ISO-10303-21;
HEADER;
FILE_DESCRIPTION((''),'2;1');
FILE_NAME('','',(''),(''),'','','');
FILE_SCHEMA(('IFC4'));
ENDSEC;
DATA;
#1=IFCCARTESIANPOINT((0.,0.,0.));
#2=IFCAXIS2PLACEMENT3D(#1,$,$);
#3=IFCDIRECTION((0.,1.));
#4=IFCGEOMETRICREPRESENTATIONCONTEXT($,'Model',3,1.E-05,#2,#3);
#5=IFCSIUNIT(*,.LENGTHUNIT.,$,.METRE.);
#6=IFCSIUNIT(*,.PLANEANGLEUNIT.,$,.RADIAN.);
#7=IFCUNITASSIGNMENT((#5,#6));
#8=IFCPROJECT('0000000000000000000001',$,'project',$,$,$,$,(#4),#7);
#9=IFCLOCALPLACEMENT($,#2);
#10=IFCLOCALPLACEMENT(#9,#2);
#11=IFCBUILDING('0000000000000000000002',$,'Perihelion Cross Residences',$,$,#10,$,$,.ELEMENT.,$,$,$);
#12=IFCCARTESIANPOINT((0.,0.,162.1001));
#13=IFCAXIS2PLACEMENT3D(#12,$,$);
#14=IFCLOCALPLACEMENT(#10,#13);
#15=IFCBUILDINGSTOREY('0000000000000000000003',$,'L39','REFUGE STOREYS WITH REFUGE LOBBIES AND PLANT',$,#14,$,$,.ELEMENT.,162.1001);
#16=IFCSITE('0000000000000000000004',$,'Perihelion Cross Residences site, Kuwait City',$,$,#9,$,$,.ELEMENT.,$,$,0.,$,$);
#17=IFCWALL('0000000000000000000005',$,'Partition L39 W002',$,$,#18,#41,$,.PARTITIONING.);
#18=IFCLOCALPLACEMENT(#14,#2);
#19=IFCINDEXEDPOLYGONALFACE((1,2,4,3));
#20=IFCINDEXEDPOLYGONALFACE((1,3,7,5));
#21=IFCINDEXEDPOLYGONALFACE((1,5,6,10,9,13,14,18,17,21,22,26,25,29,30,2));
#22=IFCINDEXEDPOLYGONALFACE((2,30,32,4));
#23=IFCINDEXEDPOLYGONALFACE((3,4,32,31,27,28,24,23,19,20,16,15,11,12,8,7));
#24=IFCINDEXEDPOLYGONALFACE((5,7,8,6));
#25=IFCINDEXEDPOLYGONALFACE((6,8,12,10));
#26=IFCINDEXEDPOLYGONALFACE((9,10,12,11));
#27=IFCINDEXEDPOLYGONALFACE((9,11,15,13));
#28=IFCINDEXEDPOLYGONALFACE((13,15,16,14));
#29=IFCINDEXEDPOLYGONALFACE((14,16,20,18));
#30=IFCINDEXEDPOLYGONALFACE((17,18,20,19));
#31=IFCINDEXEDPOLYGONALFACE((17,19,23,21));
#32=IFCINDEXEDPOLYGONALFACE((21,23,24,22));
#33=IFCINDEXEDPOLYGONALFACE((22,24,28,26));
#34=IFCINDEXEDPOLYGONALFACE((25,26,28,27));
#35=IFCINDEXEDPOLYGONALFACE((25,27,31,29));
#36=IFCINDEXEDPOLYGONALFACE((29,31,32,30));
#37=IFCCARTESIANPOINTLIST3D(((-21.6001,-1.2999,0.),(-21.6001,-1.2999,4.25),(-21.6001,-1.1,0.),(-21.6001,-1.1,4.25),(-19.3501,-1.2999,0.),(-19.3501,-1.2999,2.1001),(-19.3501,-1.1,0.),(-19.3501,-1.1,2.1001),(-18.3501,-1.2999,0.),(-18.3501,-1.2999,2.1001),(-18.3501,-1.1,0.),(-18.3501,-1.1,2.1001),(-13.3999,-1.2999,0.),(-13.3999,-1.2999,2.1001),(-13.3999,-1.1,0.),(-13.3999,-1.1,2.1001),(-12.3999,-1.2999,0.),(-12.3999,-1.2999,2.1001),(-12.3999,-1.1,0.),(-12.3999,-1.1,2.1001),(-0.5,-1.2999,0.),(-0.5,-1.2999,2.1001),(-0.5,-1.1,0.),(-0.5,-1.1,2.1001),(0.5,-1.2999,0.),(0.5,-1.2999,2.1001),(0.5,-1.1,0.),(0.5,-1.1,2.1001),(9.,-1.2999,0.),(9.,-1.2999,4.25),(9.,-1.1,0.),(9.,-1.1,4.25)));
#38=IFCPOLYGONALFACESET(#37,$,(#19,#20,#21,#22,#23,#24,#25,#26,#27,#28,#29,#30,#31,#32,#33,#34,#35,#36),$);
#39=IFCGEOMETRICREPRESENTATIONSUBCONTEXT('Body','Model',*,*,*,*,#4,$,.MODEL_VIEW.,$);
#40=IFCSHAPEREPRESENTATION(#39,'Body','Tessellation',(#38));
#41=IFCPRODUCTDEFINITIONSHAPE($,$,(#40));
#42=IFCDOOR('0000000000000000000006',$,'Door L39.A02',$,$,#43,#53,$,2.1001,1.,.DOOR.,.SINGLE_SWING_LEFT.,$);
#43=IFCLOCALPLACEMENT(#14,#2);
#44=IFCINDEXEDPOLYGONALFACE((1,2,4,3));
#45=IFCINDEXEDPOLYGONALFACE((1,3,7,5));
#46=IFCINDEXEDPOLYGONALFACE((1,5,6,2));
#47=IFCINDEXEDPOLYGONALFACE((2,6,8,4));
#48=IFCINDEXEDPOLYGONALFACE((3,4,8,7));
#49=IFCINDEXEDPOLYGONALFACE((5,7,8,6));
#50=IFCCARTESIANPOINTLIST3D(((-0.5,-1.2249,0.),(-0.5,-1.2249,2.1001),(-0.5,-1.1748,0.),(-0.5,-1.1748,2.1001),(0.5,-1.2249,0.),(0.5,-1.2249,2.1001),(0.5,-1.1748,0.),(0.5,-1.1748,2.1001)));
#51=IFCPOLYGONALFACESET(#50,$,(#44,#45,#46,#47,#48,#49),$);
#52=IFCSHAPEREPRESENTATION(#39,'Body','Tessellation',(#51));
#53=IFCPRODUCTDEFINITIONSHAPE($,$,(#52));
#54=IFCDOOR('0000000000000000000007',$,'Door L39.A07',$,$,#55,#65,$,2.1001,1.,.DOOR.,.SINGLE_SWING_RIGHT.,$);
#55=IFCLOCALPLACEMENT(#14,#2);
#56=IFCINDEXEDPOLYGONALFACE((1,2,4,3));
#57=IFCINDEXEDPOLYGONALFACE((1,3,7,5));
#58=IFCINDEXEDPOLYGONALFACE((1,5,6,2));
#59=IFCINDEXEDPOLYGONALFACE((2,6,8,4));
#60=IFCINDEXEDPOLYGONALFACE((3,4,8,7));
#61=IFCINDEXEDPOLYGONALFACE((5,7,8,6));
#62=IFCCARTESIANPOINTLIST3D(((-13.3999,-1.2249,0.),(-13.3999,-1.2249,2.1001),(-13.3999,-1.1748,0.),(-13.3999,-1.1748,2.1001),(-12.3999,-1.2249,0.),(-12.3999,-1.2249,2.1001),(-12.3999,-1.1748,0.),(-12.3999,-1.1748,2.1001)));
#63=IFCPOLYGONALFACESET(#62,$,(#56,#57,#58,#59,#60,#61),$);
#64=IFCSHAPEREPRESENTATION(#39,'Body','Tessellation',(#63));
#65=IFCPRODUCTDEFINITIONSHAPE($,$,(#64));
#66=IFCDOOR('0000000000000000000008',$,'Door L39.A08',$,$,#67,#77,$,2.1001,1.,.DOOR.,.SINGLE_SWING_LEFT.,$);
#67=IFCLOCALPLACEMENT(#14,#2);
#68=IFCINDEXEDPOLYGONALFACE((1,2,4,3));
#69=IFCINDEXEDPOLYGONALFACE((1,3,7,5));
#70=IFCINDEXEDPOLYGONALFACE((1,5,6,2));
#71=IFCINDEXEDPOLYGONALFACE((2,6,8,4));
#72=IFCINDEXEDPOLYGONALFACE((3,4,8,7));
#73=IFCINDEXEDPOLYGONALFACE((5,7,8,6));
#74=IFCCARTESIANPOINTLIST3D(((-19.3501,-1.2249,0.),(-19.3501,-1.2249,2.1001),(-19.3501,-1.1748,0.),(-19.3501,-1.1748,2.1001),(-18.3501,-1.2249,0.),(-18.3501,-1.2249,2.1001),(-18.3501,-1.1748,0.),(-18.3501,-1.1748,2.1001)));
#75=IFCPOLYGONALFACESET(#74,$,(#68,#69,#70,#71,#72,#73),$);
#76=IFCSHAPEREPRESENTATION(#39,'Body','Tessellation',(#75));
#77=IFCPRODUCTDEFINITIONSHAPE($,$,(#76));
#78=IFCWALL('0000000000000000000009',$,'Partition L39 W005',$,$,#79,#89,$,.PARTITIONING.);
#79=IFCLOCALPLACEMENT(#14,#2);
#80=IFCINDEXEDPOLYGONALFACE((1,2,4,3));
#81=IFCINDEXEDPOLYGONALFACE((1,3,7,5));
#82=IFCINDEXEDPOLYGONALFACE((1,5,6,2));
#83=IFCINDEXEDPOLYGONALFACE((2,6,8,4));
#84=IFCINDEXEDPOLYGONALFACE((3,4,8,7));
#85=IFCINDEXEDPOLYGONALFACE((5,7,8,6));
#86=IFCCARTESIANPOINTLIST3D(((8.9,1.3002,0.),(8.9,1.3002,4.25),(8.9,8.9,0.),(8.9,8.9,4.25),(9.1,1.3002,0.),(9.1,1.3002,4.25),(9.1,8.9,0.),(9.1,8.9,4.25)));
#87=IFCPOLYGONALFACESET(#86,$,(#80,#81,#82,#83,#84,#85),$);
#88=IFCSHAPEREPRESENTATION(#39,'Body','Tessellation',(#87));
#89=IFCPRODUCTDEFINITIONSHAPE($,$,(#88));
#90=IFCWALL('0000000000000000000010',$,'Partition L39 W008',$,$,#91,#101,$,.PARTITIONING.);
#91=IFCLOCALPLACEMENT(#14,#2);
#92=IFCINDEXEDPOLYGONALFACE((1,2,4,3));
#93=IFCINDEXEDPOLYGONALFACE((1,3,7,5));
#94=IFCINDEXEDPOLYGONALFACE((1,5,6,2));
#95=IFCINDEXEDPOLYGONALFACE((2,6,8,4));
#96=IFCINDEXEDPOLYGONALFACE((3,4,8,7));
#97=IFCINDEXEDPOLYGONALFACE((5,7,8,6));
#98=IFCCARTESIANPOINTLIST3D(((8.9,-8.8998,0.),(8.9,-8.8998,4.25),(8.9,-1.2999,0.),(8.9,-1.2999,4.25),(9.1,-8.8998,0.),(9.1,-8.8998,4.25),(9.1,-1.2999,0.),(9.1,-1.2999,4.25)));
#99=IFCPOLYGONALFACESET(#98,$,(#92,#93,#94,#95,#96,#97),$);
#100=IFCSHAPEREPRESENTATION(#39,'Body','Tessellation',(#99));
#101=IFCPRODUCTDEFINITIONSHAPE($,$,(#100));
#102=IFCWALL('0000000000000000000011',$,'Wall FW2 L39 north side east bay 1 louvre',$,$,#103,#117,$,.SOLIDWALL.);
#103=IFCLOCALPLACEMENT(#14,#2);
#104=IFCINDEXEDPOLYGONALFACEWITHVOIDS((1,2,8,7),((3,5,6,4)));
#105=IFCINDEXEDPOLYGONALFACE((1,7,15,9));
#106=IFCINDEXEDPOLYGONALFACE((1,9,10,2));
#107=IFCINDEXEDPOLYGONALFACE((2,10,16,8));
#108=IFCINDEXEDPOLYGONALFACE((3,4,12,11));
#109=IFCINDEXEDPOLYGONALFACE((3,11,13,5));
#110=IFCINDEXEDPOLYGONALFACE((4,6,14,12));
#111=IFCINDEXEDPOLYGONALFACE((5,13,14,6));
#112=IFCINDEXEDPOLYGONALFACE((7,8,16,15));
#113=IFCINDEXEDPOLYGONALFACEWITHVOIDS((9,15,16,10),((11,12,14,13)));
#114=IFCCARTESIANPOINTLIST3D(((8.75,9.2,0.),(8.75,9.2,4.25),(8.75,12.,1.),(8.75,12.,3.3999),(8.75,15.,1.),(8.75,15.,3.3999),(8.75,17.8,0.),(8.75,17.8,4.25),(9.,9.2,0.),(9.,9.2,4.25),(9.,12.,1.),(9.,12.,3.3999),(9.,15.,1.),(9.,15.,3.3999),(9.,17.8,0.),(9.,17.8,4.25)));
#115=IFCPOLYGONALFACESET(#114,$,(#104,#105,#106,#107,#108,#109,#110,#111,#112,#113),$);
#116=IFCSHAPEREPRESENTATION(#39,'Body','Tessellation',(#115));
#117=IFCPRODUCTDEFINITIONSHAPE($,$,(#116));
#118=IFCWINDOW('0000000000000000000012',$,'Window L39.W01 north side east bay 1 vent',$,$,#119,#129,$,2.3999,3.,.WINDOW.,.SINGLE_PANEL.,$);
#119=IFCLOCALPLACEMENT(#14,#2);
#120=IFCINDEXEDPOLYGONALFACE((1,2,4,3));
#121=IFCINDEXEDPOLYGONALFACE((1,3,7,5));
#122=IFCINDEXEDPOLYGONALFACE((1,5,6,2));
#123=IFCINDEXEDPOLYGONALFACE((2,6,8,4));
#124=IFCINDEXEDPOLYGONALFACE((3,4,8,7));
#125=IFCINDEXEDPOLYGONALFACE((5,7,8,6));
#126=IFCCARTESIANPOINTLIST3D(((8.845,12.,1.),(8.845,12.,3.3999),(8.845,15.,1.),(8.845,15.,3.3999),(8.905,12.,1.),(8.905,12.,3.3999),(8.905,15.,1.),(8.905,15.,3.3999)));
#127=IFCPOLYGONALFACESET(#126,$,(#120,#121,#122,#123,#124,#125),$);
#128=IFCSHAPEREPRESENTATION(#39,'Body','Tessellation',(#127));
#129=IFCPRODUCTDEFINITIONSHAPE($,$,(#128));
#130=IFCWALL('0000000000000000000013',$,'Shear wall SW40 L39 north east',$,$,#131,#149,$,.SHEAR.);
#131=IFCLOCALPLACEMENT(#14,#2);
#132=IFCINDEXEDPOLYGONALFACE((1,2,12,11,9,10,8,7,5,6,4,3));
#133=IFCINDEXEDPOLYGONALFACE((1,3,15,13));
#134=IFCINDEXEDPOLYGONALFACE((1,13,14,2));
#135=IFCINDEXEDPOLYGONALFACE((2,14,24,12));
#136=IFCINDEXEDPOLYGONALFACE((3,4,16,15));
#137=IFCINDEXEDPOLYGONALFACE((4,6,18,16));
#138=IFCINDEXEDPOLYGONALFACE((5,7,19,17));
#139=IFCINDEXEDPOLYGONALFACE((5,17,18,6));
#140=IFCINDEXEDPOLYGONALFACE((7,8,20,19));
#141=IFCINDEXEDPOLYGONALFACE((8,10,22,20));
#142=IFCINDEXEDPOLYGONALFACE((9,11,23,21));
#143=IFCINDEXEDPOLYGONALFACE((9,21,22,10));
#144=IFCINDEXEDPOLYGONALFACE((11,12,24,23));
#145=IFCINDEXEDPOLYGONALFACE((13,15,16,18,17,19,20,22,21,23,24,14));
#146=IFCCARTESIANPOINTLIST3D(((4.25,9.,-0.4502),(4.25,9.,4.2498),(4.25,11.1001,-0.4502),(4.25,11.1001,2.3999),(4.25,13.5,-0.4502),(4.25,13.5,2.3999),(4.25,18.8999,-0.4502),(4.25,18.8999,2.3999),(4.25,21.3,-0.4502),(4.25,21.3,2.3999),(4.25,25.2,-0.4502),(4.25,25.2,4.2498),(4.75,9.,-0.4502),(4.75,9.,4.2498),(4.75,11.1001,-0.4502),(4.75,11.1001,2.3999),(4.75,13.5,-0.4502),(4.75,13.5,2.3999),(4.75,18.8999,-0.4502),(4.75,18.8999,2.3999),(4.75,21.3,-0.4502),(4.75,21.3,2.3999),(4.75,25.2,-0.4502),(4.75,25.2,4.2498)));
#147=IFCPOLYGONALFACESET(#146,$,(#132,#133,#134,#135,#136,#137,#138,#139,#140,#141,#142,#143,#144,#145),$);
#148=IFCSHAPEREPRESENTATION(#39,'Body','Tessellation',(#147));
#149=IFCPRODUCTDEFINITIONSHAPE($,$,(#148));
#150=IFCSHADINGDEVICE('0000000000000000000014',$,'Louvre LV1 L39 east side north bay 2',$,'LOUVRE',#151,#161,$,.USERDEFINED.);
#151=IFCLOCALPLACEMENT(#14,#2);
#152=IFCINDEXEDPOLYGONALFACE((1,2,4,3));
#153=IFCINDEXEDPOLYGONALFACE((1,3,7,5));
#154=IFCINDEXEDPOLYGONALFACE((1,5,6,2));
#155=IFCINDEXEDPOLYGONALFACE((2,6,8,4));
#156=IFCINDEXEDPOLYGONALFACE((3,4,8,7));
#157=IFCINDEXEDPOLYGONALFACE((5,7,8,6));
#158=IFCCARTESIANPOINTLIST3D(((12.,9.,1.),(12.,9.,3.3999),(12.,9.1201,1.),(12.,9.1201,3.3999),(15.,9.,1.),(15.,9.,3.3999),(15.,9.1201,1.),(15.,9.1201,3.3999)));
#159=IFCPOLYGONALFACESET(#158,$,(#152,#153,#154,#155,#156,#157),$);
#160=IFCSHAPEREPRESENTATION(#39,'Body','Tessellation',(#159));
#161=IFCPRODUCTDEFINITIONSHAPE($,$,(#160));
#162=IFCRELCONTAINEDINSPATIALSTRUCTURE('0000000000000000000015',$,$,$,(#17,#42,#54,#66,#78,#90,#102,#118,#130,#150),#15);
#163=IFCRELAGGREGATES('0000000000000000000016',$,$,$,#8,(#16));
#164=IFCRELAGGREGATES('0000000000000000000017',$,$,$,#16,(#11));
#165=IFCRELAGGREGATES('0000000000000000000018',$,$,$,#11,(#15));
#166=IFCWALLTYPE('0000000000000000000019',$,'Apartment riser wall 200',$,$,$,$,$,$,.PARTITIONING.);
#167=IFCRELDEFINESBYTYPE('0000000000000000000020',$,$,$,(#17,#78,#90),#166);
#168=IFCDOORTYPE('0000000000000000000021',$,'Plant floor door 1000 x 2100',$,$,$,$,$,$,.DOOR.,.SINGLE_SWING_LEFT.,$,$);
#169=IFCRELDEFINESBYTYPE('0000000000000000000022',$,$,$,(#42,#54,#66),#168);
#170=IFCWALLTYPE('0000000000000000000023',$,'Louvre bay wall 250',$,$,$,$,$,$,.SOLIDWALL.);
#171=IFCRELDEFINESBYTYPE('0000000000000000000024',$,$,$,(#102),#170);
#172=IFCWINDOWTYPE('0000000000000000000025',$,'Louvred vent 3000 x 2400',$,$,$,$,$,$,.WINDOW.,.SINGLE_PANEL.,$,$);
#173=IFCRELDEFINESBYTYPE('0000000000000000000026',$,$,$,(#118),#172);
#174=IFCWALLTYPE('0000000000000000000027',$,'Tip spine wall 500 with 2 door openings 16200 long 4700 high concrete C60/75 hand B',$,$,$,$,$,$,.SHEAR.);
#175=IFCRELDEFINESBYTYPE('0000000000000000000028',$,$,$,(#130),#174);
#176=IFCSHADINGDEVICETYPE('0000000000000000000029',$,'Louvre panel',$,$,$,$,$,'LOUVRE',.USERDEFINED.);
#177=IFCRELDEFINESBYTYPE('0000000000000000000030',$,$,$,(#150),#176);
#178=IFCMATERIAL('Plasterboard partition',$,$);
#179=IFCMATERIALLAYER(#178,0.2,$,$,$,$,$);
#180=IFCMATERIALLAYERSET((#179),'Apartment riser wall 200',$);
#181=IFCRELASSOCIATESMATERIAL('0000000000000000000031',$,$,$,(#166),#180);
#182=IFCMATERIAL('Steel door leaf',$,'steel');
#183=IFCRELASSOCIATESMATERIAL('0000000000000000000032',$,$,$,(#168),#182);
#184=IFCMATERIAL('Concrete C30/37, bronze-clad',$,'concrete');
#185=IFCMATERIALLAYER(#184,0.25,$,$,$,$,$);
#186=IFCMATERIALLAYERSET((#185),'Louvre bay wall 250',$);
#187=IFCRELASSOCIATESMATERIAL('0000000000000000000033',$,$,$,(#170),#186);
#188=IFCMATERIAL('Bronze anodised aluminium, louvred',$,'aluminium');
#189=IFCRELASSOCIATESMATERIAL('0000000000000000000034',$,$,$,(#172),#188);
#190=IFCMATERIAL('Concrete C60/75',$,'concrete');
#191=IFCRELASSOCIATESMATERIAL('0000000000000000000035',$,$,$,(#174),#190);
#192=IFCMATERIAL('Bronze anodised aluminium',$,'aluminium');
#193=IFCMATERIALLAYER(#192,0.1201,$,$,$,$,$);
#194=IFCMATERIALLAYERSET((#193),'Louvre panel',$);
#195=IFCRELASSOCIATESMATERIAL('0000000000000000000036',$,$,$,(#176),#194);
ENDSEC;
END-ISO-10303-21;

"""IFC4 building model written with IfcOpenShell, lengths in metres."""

from ifc_helpers import new_model, si_unit, direction, frame, frame_2d, origin, origin_2d, place, context, subcontext, project, spatial, polyline, rectangle, outline, extrude, material, layer, layer_set, material_profile, profile_set, type_object, element, fill, save


model = new_model("IFC4")

# Units and contexts
model_context = context("Model", 3, precision=1e-05, world=origin(), true_north=direction((0.0, 1.0)))
body_context = subcontext(model_context, "Body", "Model", "MODEL_VIEW")
ifc_project = project(units=[si_unit("LENGTHUNIT", "METRE"), si_unit("PLANEANGLEUNIT", "RADIAN")], contexts=[model_context])

# Site, building, storey
site_placement = place(None, origin())
site = spatial("IfcSite", under=ifc_project, at=site_placement, Name="Perihelion Cross Residences site, Kuwait City", CompositionType="ELEMENT", RefElevation=0.0)
building_placement = place(site_placement, origin())
building = spatial("IfcBuilding", under=site, at=building_placement, Name="Perihelion Cross Residences", CompositionType="ELEMENT")
storey_placement = place(building_placement, frame((0.0, 0.0, 162.1001)))
storey = spatial("IfcBuildingStorey", under=building, at=storey_placement, Name="L39", Description="REFUGE STOREYS WITH REFUGE LOBBIES AND PLANT", CompositionType="ELEMENT", Elevation=162.1001)

# Wall, openings, doors
ifc_material_1 = material(Name="Plasterboard partition")
ifc_layer_1 = layer(ifc_material_1, 0.2)
ifc_layer_set_1 = layer_set([ifc_layer_1], Name="Apartment riser wall 200")
wall_type_1 = type_object("IfcWallType", Name="Apartment riser wall 200", PredefinedType="PARTITIONING", material=ifc_layer_set_1)
wall_1_placement = place(storey_placement, frame((9.0, -1.2, 0.0), z_axis=(0.0, 0.0, 1.0), x_axis=(-1.0, 0.0, 0.0)))
wall_1 = element("IfcWall", 1, at=wall_1_placement, inside=storey, type_object=wall_type_1, Name="Partition L39 W002", PredefinedType="PARTITIONING", context=body_context, shape_type="SweptSolid", body=[
    extrude(rectangle(XDim=30.6001, YDim=0.2, at=frame_2d((15.3, 0.0))), origin(), (0.0, 0.0, 1.0), 4.25),
])
opening_1_placement = place(wall_1_placement, frame((8.5, 0.0, 0.0)))
opening_1 = element("IfcOpeningElement", 2, at=opening_1_placement, cuts=wall_1, PredefinedType="OPENING", context=body_context, shape_type="SweptSolid", body=[
    extrude(rectangle(XDim=1.0, YDim=2.1001, at=frame_2d((0.5, 1.05))), frame((0.0, 0.1099, 0.0), z_axis=(0.0, -1.0, 0.0), x_axis=(1.0, 0.0, 0.0)), (0.0, 0.0, 1.0), 0.22),
])
opening_2_placement = place(wall_1_placement, frame((21.3999, 0.0, 0.0)))
opening_2 = element("IfcOpeningElement", 3, at=opening_2_placement, cuts=wall_1, PredefinedType="OPENING", context=body_context, shape_type="SweptSolid", body=[
    extrude(rectangle(XDim=1.0, YDim=2.1001, at=frame_2d((0.5, 1.05))), frame((0.0, 0.1099, 0.0), z_axis=(0.0, -1.0, 0.0), x_axis=(1.0, 0.0, 0.0)), (0.0, 0.0, 1.0), 0.22),
])
opening_3_placement = place(wall_1_placement, frame((27.3501, 0.0, 0.0)))
opening_3 = element("IfcOpeningElement", 4, at=opening_3_placement, cuts=wall_1, PredefinedType="OPENING", context=body_context, shape_type="SweptSolid", body=[
    extrude(rectangle(XDim=1.0, YDim=2.1001, at=frame_2d((0.5, 1.05))), frame((0.0, 0.1099, 0.0), z_axis=(0.0, -1.0, 0.0), x_axis=(1.0, 0.0, 0.0)), (0.0, 0.0, 1.0), 0.22),
])
ifc_material_2 = material(Name="Steel door leaf", Category="steel")
door_type = type_object("IfcDoorType", Name="Plant floor door 1000 x 2100", OperationType="SINGLE_SWING_LEFT", PredefinedType="DOOR", material=ifc_material_2)
door_1_placement = place(opening_1_placement, origin())
door_1 = element("IfcDoor", 5, at=door_1_placement, inside=storey, type_object=door_type, Name="Door L39.A02", OperationType="SINGLE_SWING_LEFT", OverallHeight=2.1001, OverallWidth=1.0, PredefinedType="DOOR", context=body_context, shape_type="SweptSolid", body=[
    extrude(rectangle(XDim=1.0, YDim=2.1001, at=frame_2d((0.5, 1.05))), frame((0.0, 0.0249, 0.0), z_axis=(0.0, -1.0, 0.0), x_axis=(1.0, 0.0, 0.0)), (0.0, 0.0, 1.0), 0.05),
])
fill(opening_1, door_1)
door_2_placement = place(opening_2_placement, origin())
door_2 = element("IfcDoor", 6, at=door_2_placement, inside=storey, type_object=door_type, Name="Door L39.A07", OperationType="SINGLE_SWING_RIGHT", OverallHeight=2.1001, OverallWidth=1.0, PredefinedType="DOOR", context=body_context, shape_type="SweptSolid", body=[
    extrude(rectangle(XDim=1.0, YDim=2.1001, at=frame_2d((0.5, 1.05))), frame((0.0, 0.0249, 0.0), z_axis=(0.0, -1.0, 0.0), x_axis=(1.0, 0.0, 0.0)), (0.0, 0.0, 1.0), 0.05),
])
fill(opening_2, door_2)
door_3_placement = place(opening_3_placement, origin())
door_3 = element("IfcDoor", 7, at=door_3_placement, inside=storey, type_object=door_type, Name="Door L39.A08", OperationType="SINGLE_SWING_LEFT", OverallHeight=2.1001, OverallWidth=1.0, PredefinedType="DOOR", context=body_context, shape_type="SweptSolid", body=[
    extrude(rectangle(XDim=1.0, YDim=2.1001, at=frame_2d((0.5, 1.05))), frame((0.0, 0.0249, 0.0), z_axis=(0.0, -1.0, 0.0), x_axis=(1.0, 0.0, 0.0)), (0.0, 0.0, 1.0), 0.05),
])
fill(opening_3, door_3)

# Walls
for number, where, z_axis, x_axis, name in (
    (8, (9.0, 8.8999, 0.0), (0.0, 0.0, 1.0), (0.0, -1.0, 0.0), "Partition L39 W005"),
    (9, (9.0, -1.3, 0.0), (0.0, 0.0, 1.0), (0.0, -1.0, 0.0), "Partition L39 W008"),
):
    element("IfcWall", number, at=place(storey_placement, frame(where, z_axis=z_axis, x_axis=x_axis)), inside=storey, type_object=wall_type_1, Name=name, PredefinedType="PARTITIONING", context=body_context, shape_type="SweptSolid", body=[
        extrude(rectangle(XDim=7.5999, YDim=0.2, at=frame_2d((3.7998, 0.0))), origin(), (0.0, 0.0, 1.0), 4.25),
    ])

# Wall, opening, window
ifc_material_3 = material(Name="Concrete C30/37, bronze-clad", Category="concrete")
ifc_layer_2 = layer(ifc_material_3, 0.25)
ifc_layer_set_2 = layer_set([ifc_layer_2], Name="Louvre bay wall 250")
wall_type_2 = type_object("IfcWallType", Name="Louvre bay wall 250", PredefinedType="SOLIDWALL", material=ifc_layer_set_2)
wall_2_placement = place(storey_placement, frame((8.875, 9.2, 0.0), z_axis=(0.0, 0.0, 1.0), x_axis=(0.0, 1.0, 0.0)))
wall_2 = element("IfcWall", 10, at=wall_2_placement, inside=storey, type_object=wall_type_2, Name="Wall FW2 L39 north side east bay 1 louvre", PredefinedType="SOLIDWALL", context=body_context, shape_type="SweptSolid", body=[
    extrude(rectangle(XDim=8.6001, YDim=0.25, at=frame_2d((4.3, 0.0))), origin(), (0.0, 0.0, 1.0), 4.25),
])
opening_4_placement = place(wall_2_placement, frame((2.8, 0.0, 1.0)))
opening_4 = element("IfcOpeningElement", 11, at=opening_4_placement, cuts=wall_2, PredefinedType="OPENING", context=body_context, shape_type="SweptSolid", body=[
    extrude(rectangle(XDim=3.0, YDim=2.3999, at=frame_2d((1.5, 1.2))), frame((0.0, 0.135, 0.0), z_axis=(0.0, -1.0, 0.0), x_axis=(1.0, 0.0, 0.0)), (0.0, 0.0, 1.0), 0.27),
])
ifc_material_4 = material(Name="Bronze anodised aluminium, louvred", Category="aluminium")
window_type = type_object("IfcWindowType", Name="Louvred vent 3000 x 2400", PartitioningType="SINGLE_PANEL", PredefinedType="WINDOW", material=ifc_material_4)
window_placement = place(opening_4_placement, origin())
window = element("IfcWindow", 12, at=window_placement, inside=storey, type_object=window_type, Name="Window L39.W01 north side east bay 1 vent", OverallHeight=2.3999, OverallWidth=3.0, PartitioningType="SINGLE_PANEL", PredefinedType="WINDOW", context=body_context, shape_type="SweptSolid", body=[
    extrude(rectangle(XDim=3.0, YDim=2.3999, at=frame_2d((1.5, 1.2))), frame((0.0, 0.03, 0.0), z_axis=(0.0, -1.0, 0.0), x_axis=(1.0, 0.0, 0.0)), (0.0, 0.0, 1.0), 0.0601),
])
fill(opening_4, window)

# Wall
ifc_material_5 = material(Name="Concrete C60/75", Category="concrete")
ifc_material_profile_1 = material_profile(ifc_material_5, outline(polyline([(0.0, 0.0), (2.1001, 0.0), (2.1001, 2.8501), (4.5, 2.8501), (4.5, 0.0), (9.8999, 0.0), (9.8999, 2.8501), (12.3, 2.8501), (12.3, 0.0), (16.2, 0.0), (16.2, 4.7), (0.0, 4.7), (0.0, 0.0)])), Name="Tip spine wall")
ifc_profile_set_1 = profile_set([ifc_material_profile_1], Name="Concrete C60/75")
wall_type_3 = type_object("IfcWallType", Name="Tip spine wall 500 with 2 door openings 16200 long 4700 high concrete C60/75 hand B", PredefinedType="SHEAR", material=ifc_profile_set_1)
wall_3_placement = place(storey_placement, frame((4.25, 9.0, -0.4502), z_axis=(1.0, 0.0, 0.0), x_axis=(0.0, 1.0, 0.0)))
element("IfcWall", 13, at=wall_3_placement, inside=storey, type_object=wall_type_3, Name="Shear wall SW40 L39 north east", PredefinedType="SHEAR", context=body_context, shape_type="SweptSolid", body=[
    extrude(outline(polyline([(0.0, 0.0), (2.1001, 0.0), (2.1001, 2.8501), (4.5, 2.8501), (4.5, 0.0), (9.8999, 0.0), (9.8999, 2.8501), (12.3, 2.8501), (12.3, 0.0), (16.2, 0.0), (16.2, 4.7), (0.0, 4.7), (0.0, 0.0)])), origin(), (0.0, 0.0, 1.0), 0.5),
])

# Shading device
ifc_material_6 = material(Name="Bronze anodised aluminium", Category="aluminium")
ifc_layer_3 = layer(ifc_material_6, 0.1201)
ifc_layer_set_3 = layer_set([ifc_layer_3], Name="Louvre panel")
shading_device_type = type_object("IfcShadingDeviceType", Name="Louvre panel", ElementType="LOUVRE", PredefinedType="USERDEFINED", material=ifc_layer_set_3)
shading_device_placement = place(storey_placement, frame((13.5, 9.0601, 1.0), z_axis=(0.0, 0.0, 1.0), x_axis=(-1.0, 0.0, 0.0)))
element("IfcShadingDevice", 14, at=shading_device_placement, inside=storey, type_object=shading_device_type, Name="Louvre LV1 L39 east side north bay 2", ObjectType="LOUVRE", PredefinedType="USERDEFINED", context=body_context, shape_type="SweptSolid", body=[
    extrude(rectangle(XDim=3.0, YDim=0.1201, at=origin_2d()), origin(), (0.0, 0.0, 1.0), 2.3999),
])

save(model, "model.ifc")
